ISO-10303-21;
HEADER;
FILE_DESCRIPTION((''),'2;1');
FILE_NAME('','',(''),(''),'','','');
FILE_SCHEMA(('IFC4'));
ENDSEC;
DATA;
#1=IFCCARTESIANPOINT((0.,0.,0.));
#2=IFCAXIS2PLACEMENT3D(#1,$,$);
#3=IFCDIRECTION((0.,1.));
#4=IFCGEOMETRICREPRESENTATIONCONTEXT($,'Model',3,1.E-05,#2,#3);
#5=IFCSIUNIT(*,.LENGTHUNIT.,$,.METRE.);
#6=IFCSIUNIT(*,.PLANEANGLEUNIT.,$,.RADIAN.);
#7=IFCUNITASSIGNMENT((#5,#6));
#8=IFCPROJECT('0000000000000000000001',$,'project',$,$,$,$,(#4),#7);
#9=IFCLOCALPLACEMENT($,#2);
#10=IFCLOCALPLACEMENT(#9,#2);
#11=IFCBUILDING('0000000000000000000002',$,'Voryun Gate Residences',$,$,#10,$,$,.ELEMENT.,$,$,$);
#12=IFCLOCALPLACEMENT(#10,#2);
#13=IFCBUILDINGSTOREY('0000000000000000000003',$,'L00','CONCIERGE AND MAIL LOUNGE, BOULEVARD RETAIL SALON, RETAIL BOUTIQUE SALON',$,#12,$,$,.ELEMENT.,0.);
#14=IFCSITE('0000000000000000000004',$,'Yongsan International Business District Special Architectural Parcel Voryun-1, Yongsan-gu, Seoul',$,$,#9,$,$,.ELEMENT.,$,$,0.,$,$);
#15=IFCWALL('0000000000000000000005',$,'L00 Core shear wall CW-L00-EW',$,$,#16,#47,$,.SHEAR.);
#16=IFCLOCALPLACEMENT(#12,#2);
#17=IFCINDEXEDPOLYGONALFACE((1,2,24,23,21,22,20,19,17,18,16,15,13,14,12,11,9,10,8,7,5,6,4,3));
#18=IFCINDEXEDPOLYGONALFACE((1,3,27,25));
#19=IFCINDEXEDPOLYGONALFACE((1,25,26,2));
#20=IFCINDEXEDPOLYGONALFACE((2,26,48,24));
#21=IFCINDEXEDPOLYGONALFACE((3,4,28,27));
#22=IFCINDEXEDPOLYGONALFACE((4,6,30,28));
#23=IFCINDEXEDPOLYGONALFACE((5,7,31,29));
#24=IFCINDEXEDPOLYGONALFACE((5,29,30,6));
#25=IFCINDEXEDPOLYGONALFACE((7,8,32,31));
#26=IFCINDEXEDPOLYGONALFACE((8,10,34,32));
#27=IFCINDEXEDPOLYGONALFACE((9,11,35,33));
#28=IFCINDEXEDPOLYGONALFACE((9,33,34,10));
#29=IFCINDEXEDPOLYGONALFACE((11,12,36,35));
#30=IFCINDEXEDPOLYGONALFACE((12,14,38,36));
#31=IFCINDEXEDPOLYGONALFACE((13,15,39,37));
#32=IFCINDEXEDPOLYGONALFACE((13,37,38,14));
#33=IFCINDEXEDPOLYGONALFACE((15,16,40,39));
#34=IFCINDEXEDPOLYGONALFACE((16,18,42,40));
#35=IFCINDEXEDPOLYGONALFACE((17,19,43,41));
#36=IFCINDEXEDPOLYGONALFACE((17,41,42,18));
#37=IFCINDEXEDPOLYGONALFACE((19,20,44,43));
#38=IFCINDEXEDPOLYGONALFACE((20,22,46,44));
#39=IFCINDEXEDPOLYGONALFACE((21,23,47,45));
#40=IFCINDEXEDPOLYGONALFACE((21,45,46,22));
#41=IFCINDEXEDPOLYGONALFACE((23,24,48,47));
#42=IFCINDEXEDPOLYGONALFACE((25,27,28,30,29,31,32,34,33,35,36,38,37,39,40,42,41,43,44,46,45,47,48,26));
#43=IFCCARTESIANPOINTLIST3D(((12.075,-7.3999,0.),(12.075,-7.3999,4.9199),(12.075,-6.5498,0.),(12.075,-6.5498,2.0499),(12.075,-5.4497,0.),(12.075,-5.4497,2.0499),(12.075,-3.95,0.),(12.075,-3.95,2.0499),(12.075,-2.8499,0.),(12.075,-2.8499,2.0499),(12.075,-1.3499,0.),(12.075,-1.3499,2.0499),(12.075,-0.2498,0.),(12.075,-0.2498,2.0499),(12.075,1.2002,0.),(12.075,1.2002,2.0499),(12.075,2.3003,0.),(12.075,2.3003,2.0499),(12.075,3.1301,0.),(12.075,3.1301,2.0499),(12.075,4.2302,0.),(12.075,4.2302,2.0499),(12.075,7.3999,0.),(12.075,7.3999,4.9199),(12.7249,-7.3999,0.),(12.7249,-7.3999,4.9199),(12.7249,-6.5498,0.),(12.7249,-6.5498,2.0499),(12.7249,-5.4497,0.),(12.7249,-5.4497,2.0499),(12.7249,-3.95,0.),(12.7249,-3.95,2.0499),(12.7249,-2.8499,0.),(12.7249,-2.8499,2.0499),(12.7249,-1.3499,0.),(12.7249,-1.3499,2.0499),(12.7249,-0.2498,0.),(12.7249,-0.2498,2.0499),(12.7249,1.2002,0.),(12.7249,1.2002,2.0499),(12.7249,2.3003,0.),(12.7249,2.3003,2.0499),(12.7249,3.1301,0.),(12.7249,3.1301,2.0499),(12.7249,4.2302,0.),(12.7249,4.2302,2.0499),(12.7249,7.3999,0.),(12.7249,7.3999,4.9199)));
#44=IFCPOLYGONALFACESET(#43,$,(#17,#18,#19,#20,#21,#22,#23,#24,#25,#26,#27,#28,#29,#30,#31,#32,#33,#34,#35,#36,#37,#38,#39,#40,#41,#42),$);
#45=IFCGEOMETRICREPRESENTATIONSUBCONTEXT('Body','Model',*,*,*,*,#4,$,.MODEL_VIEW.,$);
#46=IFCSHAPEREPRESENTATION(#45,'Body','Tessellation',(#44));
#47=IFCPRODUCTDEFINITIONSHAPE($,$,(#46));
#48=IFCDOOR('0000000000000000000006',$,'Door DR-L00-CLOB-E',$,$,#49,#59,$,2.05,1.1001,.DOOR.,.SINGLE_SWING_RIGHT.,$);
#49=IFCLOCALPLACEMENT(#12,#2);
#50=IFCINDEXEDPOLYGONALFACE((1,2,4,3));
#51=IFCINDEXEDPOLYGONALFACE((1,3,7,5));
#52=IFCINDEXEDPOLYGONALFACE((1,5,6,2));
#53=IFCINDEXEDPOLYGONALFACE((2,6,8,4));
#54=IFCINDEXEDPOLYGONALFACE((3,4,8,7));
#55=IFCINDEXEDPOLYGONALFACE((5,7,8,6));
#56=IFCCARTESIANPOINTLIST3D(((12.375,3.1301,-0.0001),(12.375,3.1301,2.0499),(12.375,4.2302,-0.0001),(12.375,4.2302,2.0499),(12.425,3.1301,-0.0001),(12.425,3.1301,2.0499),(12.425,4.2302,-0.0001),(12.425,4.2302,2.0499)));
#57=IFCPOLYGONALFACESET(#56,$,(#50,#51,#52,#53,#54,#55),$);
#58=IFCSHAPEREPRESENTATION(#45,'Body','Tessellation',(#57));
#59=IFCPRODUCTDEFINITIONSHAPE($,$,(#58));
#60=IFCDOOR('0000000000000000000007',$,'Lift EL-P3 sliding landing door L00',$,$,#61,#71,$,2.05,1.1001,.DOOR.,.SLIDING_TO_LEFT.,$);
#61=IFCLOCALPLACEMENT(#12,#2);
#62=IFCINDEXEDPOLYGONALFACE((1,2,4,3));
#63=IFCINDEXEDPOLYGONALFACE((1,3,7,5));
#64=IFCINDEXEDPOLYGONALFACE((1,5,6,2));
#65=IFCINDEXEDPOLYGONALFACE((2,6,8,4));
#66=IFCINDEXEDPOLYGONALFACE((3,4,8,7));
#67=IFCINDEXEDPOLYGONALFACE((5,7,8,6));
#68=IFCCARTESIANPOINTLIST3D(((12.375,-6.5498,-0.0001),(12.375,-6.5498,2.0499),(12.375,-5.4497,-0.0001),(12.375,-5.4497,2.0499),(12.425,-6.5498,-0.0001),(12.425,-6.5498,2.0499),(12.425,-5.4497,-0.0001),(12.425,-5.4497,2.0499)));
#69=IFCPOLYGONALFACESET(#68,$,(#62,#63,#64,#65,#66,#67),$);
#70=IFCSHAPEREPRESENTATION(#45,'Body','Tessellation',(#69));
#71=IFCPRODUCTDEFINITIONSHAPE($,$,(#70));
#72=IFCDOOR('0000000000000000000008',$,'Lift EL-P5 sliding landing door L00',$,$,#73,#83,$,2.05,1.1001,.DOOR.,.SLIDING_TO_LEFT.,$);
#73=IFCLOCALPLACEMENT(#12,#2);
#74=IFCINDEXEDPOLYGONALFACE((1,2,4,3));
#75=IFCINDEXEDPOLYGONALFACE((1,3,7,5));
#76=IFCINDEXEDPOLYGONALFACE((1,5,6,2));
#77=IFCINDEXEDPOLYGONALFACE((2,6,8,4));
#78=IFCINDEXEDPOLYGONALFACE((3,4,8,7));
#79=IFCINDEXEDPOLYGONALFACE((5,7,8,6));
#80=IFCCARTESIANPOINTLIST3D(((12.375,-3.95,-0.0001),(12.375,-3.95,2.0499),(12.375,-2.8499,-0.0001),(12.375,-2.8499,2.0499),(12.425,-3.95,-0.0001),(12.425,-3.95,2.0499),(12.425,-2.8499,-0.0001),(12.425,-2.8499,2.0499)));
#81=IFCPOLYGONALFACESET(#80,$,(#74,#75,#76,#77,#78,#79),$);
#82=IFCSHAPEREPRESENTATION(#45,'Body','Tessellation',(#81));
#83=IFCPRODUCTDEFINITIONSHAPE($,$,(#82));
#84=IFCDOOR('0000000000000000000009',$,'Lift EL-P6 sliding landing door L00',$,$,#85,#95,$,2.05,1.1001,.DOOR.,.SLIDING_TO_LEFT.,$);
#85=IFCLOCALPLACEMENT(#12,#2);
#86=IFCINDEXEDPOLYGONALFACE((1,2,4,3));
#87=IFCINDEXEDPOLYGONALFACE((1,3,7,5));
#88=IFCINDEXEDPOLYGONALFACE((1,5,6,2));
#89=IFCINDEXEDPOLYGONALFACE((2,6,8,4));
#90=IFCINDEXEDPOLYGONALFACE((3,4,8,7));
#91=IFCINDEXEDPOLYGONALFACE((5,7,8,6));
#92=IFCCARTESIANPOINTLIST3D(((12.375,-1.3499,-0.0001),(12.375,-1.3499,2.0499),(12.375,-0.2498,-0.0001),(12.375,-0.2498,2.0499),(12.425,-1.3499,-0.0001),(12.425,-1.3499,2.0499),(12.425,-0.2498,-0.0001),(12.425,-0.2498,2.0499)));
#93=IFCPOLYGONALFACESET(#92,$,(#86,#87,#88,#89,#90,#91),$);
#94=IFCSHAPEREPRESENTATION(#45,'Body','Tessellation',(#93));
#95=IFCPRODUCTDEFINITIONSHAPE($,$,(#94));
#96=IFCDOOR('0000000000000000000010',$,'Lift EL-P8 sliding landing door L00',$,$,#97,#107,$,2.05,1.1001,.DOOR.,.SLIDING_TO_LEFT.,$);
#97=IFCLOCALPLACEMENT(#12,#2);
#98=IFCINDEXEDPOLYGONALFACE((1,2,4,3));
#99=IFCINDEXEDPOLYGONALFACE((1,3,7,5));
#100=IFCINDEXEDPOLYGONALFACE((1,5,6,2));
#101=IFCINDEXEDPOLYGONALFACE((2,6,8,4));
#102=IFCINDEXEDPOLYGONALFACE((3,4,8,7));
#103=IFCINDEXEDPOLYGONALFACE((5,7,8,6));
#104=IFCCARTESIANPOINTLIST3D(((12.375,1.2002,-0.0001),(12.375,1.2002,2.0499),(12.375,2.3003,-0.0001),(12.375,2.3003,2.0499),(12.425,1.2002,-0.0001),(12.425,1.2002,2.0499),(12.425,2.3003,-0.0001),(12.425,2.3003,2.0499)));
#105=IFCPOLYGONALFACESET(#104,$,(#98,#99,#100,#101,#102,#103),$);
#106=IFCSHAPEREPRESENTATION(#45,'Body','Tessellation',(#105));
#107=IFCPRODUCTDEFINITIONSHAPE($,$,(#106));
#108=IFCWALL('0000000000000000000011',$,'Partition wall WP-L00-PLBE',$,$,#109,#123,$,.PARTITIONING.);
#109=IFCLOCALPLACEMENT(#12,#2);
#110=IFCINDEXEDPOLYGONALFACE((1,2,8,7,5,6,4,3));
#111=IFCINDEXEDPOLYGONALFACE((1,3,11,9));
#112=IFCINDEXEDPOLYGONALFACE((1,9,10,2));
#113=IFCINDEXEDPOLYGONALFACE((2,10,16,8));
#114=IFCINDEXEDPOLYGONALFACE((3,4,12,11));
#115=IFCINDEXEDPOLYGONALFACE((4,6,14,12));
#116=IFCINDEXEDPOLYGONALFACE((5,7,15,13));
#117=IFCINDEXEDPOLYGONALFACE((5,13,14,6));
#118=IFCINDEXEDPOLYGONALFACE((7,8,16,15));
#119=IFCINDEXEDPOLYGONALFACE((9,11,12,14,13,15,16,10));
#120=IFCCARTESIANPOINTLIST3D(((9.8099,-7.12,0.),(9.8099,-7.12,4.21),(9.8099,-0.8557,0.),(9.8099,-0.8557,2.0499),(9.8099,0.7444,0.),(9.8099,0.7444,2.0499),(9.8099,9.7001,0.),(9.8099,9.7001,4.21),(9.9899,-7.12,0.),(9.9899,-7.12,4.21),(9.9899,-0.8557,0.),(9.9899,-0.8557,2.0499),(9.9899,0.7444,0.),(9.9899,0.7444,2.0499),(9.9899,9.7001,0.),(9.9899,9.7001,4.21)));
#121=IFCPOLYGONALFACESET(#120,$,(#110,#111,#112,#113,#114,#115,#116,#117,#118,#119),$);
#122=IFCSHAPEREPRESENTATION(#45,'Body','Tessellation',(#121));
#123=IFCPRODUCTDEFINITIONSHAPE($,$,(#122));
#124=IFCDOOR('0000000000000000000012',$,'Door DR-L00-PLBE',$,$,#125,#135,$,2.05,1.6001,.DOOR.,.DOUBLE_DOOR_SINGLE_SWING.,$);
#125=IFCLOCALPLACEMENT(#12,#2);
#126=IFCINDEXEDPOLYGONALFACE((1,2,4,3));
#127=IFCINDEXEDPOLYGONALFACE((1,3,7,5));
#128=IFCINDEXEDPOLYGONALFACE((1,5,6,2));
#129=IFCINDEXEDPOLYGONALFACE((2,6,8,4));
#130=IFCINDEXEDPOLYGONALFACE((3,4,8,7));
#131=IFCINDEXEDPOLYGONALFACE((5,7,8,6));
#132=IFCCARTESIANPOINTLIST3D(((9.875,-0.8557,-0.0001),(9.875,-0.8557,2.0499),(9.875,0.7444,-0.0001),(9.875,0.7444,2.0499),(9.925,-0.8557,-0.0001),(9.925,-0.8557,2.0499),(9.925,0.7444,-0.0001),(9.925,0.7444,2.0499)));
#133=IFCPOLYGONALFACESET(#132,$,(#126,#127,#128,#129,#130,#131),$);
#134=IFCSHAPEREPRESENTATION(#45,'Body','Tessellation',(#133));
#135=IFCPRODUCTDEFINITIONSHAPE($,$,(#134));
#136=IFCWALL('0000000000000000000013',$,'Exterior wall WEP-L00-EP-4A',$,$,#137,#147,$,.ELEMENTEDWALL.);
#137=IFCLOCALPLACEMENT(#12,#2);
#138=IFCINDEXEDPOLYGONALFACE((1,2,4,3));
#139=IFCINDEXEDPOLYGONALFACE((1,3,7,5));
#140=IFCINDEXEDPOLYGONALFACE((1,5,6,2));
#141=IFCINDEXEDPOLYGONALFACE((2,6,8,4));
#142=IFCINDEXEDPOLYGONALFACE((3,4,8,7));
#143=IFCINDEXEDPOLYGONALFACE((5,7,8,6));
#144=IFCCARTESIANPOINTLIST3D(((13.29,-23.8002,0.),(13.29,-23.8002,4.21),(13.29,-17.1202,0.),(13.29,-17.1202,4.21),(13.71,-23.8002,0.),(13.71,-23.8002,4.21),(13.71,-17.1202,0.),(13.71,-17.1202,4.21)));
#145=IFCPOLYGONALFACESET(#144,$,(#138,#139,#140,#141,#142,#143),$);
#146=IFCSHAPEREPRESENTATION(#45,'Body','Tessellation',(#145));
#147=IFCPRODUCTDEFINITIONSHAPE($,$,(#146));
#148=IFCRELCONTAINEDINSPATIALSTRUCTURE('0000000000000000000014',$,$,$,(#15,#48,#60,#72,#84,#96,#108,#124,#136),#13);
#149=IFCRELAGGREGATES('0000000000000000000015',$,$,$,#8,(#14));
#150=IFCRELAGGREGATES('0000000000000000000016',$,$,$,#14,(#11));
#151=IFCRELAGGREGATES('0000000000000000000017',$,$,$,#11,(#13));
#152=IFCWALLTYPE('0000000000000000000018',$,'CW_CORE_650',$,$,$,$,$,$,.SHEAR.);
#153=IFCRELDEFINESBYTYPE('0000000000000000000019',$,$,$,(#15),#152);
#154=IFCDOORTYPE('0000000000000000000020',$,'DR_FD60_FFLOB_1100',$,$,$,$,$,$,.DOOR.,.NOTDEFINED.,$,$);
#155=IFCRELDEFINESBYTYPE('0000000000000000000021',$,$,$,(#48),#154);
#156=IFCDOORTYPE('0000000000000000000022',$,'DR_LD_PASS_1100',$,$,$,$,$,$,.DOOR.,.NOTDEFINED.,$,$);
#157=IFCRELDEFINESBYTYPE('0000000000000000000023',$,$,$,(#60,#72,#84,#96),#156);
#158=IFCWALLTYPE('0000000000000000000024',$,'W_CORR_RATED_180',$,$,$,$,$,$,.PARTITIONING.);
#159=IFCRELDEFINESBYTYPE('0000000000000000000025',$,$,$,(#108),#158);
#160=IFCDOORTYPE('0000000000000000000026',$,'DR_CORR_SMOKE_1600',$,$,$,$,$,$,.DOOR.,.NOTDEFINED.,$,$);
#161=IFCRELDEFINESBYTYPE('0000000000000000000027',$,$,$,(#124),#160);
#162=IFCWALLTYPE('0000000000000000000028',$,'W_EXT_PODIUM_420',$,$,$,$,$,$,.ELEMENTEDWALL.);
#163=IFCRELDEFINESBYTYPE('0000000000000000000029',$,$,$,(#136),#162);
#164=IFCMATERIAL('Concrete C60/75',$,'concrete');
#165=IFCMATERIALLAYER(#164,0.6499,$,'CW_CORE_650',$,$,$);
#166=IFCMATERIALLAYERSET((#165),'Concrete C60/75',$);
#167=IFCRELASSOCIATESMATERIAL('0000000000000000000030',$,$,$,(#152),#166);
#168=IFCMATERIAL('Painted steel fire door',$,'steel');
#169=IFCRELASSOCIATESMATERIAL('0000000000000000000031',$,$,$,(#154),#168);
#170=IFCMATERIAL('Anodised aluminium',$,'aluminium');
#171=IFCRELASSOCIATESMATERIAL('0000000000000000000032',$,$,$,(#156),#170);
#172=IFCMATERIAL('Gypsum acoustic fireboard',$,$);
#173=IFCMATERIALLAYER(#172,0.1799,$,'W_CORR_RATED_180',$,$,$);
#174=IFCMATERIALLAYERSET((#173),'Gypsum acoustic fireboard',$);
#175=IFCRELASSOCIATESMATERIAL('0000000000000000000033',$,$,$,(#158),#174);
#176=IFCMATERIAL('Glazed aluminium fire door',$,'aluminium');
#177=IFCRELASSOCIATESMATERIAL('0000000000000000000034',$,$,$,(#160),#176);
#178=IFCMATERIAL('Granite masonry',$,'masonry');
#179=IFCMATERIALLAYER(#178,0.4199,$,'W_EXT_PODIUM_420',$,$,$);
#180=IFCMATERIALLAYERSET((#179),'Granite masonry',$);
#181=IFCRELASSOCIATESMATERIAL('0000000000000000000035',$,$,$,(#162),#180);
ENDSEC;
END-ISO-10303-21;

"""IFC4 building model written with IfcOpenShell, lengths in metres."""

from ifc_helpers import new_model, si_unit, direction, frame, frame_2d, origin, place, context, subcontext, project, spatial, rectangle, extrude, material, layer, layer_set, type_object, element, fill, save


model = new_model("IFC4")

# Units and contexts
model_context = context("Model", 3, precision=1e-05, world=origin(), true_north=direction((0.0, 1.0)))
body_context = subcontext(model_context, "Body", "Model", "MODEL_VIEW")
ifc_project = project(units=[si_unit("LENGTHUNIT", "METRE"), si_unit("PLANEANGLEUNIT", "RADIAN")], contexts=[model_context])

# Site, building, storey
site_placement = place(None, origin())
site = spatial("IfcSite", under=ifc_project, at=site_placement, Name="Yongsan International Business District Special Architectural Parcel Voryun-1, Yongsan-gu, Seoul", CompositionType="ELEMENT", RefElevation=0.0)
building_placement = place(site_placement, origin())
building = spatial("IfcBuilding", under=site, at=building_placement, Name="Voryun Gate Residences", CompositionType="ELEMENT")
storey_placement = place(building_placement, origin())
storey = spatial("IfcBuildingStorey", under=building, at=storey_placement, Name="L00", Description="CONCIERGE AND MAIL LOUNGE, BOULEVARD RETAIL SALON, RETAIL BOUTIQUE SALON", CompositionType="ELEMENT", Elevation=0.0)

# Shared definitions
ifc_material_1 = material(Name="Concrete C60/75", Category="concrete")
ifc_layer_1 = layer(ifc_material_1, 0.6499, Name="CW_CORE_650")
ifc_layer_set_1 = layer_set([ifc_layer_1], Name="Concrete C60/75")
wall_type_1 = type_object("IfcWallType", Name="CW_CORE_650", PredefinedType="SHEAR", material=ifc_layer_set_1)

# Wall, openings, doors
wall_1_placement = place(storey_placement, frame((12.3999, -7.3999, 0.0), z_axis=(0.0, 0.0, 1.0), x_axis=(0.0, 1.0, 0.0)))
wall_1 = element("IfcWall", 1, at=wall_1_placement, inside=storey, type_object=wall_type_1, Name="L00 Core shear wall CW-L00-EW", PredefinedType="SHEAR", context=body_context, shape_type="SweptSolid", body=[
    extrude(rectangle(XDim=14.7998, YDim=0.6499, at=frame_2d((7.3999, 0.0))), origin(), (0.0, 0.0, 1.0), 4.9199),
])
opening_1_placement = place(wall_1_placement, frame((0.8501, 0.0, 0.0)))
opening_1 = element("IfcOpeningElement", 2, at=opening_1_placement, cuts=wall_1, PredefinedType="OPENING", context=body_context, shape_type="SweptSolid", body=[
    extrude(rectangle(XDim=1.1001, YDim=2.05, at=frame_2d((0.55, 1.0249))), frame((0.0, 0.335, 0.0), z_axis=(0.0, -1.0, 0.0), x_axis=(1.0, 0.0, 0.0)), (0.0, 0.0, 1.0), 0.6699),
])
opening_2_placement = place(wall_1_placement, frame((3.45, 0.0, 0.0)))
opening_2 = element("IfcOpeningElement", 3, at=opening_2_placement, cuts=wall_1, PredefinedType="OPENING", context=body_context, shape_type="SweptSolid", body=[
    extrude(rectangle(XDim=1.1001, YDim=2.05, at=frame_2d((0.55, 1.0249))), frame((0.0, 0.335, 0.0), z_axis=(0.0, -1.0, 0.0), x_axis=(1.0, 0.0, 0.0)), (0.0, 0.0, 1.0), 0.6699),
])
opening_3_placement = place(wall_1_placement, frame((6.05, 0.0, 0.0)))
opening_3 = element("IfcOpeningElement", 4, at=opening_3_placement, cuts=wall_1, PredefinedType="OPENING", context=body_context, shape_type="SweptSolid", body=[
    extrude(rectangle(XDim=1.1001, YDim=2.05, at=frame_2d((0.55, 1.0249))), frame((0.0, 0.335, 0.0), z_axis=(0.0, -1.0, 0.0), x_axis=(1.0, 0.0, 0.0)), (0.0, 0.0, 1.0), 0.6699),
])
opening_4_placement = place(wall_1_placement, frame((8.6001, 0.0, 0.0)))
opening_4 = element("IfcOpeningElement", 5, at=opening_4_placement, cuts=wall_1, PredefinedType="OPENING", context=body_context, shape_type="SweptSolid", body=[
    extrude(rectangle(XDim=1.1001, YDim=2.05, at=frame_2d((0.55, 1.0249))), frame((0.0, 0.335, 0.0), z_axis=(0.0, -1.0, 0.0), x_axis=(1.0, 0.0, 0.0)), (0.0, 0.0, 1.0), 0.6699),
])
opening_5_placement = place(wall_1_placement, frame((10.53, 0.0, 0.0)))
opening_5 = element("IfcOpeningElement", 6, at=opening_5_placement, cuts=wall_1, PredefinedType="OPENING", context=body_context, shape_type="SweptSolid", body=[
    extrude(rectangle(XDim=1.1001, YDim=2.05, at=frame_2d((0.55, 1.0249))), frame((0.0, 0.335, 0.0), z_axis=(0.0, -1.0, 0.0), x_axis=(1.0, 0.0, 0.0)), (0.0, 0.0, 1.0), 0.6699),
])
ifc_material_2 = material(Name="Painted steel fire door", Category="steel")
door_type_1 = type_object("IfcDoorType", Name="DR_FD60_FFLOB_1100", OperationType="NOTDEFINED", PredefinedType="DOOR", material=ifc_material_2)
door_1_placement = place(opening_5_placement, origin())
door_1 = element("IfcDoor", 7, at=door_1_placement, inside=storey, type_object=door_type_1, Name="Door DR-L00-CLOB-E", OperationType="SINGLE_SWING_RIGHT", OverallHeight=2.05, OverallWidth=1.1001, PredefinedType="DOOR", context=body_context, shape_type="SweptSolid", body=[
    extrude(rectangle(XDim=1.1001, YDim=2.05, at=frame_2d((0.55, 1.0249))), frame((0.0, 0.0249, 0.0), z_axis=(0.0, -1.0, 0.0), x_axis=(1.0, 0.0, 0.0)), (0.0, 0.0, 1.0), 0.05),
])
fill(opening_5, door_1)
ifc_material_3 = material(Name="Anodised aluminium", Category="aluminium")
door_type_2 = type_object("IfcDoorType", Name="DR_LD_PASS_1100", OperationType="NOTDEFINED", PredefinedType="DOOR", material=ifc_material_3)
door_2_placement = place(opening_1_placement, origin())
door_2 = element("IfcDoor", 8, at=door_2_placement, inside=storey, type_object=door_type_2, Name="Lift EL-P3 sliding landing door L00", OperationType="SLIDING_TO_LEFT", OverallHeight=2.05, OverallWidth=1.1001, PredefinedType="DOOR", context=body_context, shape_type="SweptSolid", body=[
    extrude(rectangle(XDim=1.1001, YDim=2.05, at=frame_2d((0.55, 1.0249))), frame((0.0, 0.0249, 0.0), z_axis=(0.0, -1.0, 0.0), x_axis=(1.0, 0.0, 0.0)), (0.0, 0.0, 1.0), 0.05),
])
fill(opening_1, door_2)
door_3_placement = place(opening_2_placement, origin())
door_3 = element("IfcDoor", 9, at=door_3_placement, inside=storey, type_object=door_type_2, Name="Lift EL-P5 sliding landing door L00", OperationType="SLIDING_TO_LEFT", OverallHeight=2.05, OverallWidth=1.1001, PredefinedType="DOOR", context=body_context, shape_type="SweptSolid", body=[
    extrude(rectangle(XDim=1.1001, YDim=2.05, at=frame_2d((0.55, 1.0249))), frame((0.0, 0.0249, 0.0), z_axis=(0.0, -1.0, 0.0), x_axis=(1.0, 0.0, 0.0)), (0.0, 0.0, 1.0), 0.05),
])
fill(opening_2, door_3)
door_4_placement = place(opening_3_placement, origin())
door_4 = element("IfcDoor", 10, at=door_4_placement, inside=storey, type_object=door_type_2, Name="Lift EL-P6 sliding landing door L00", OperationType="SLIDING_TO_LEFT", OverallHeight=2.05, OverallWidth=1.1001, PredefinedType="DOOR", context=body_context, shape_type="SweptSolid", body=[
    extrude(rectangle(XDim=1.1001, YDim=2.05, at=frame_2d((0.55, 1.0249))), frame((0.0, 0.0249, 0.0), z_axis=(0.0, -1.0, 0.0), x_axis=(1.0, 0.0, 0.0)), (0.0, 0.0, 1.0), 0.05),
])
fill(opening_3, door_4)
door_5_placement = place(opening_4_placement, origin())
door_5 = element("IfcDoor", 11, at=door_5_placement, inside=storey, type_object=door_type_2, Name="Lift EL-P8 sliding landing door L00", OperationType="SLIDING_TO_LEFT", OverallHeight=2.05, OverallWidth=1.1001, PredefinedType="DOOR", context=body_context, shape_type="SweptSolid", body=[
    extrude(rectangle(XDim=1.1001, YDim=2.05, at=frame_2d((0.55, 1.0249))), frame((0.0, 0.0249, 0.0), z_axis=(0.0, -1.0, 0.0), x_axis=(1.0, 0.0, 0.0)), (0.0, 0.0, 1.0), 0.05),
])
fill(opening_4, door_5)

# Wall, opening, door
ifc_material_4 = material(Name="Gypsum acoustic fireboard")
ifc_layer_2 = layer(ifc_material_4, 0.1799, Name="W_CORR_RATED_180")
ifc_layer_set_2 = layer_set([ifc_layer_2], Name="Gypsum acoustic fireboard")
wall_type_2 = type_object("IfcWallType", Name="W_CORR_RATED_180", PredefinedType="PARTITIONING", material=ifc_layer_set_2)
wall_2_placement = place(storey_placement, frame((9.8999, -7.1201, 0.0), z_axis=(0.0, 0.0, 1.0), x_axis=(0.0, 1.0, 0.0)))
wall_2 = element("IfcWall", 12, at=wall_2_placement, inside=storey, type_object=wall_type_2, Name="Partition wall WP-L00-PLBE", PredefinedType="PARTITIONING", context=body_context, shape_type="SweptSolid", body=[
    extrude(rectangle(XDim=16.8201, YDim=0.1799, at=frame_2d((8.4102, 0.0))), origin(), (0.0, 0.0, 1.0), 4.21),
])
opening_6_placement = place(wall_2_placement, frame((6.2644, 0.0, 0.0)))
opening_6 = element("IfcOpeningElement", 13, at=opening_6_placement, cuts=wall_2, PredefinedType="OPENING", context=body_context, shape_type="SweptSolid", body=[
    extrude(rectangle(XDim=1.6001, YDim=2.05, at=frame_2d((0.8, 1.0249))), frame((0.0, 0.0999, 0.0), z_axis=(0.0, -1.0, 0.0), x_axis=(1.0, 0.0, 0.0)), (0.0, 0.0, 1.0), 0.2),
])
ifc_material_5 = material(Name="Glazed aluminium fire door", Category="aluminium")
door_type_3 = type_object("IfcDoorType", Name="DR_CORR_SMOKE_1600", OperationType="NOTDEFINED", PredefinedType="DOOR", material=ifc_material_5)
door_6_placement = place(opening_6_placement, origin())
door_6 = element("IfcDoor", 14, at=door_6_placement, inside=storey, type_object=door_type_3, Name="Door DR-L00-PLBE", OperationType="DOUBLE_DOOR_SINGLE_SWING", OverallHeight=2.05, OverallWidth=1.6001, PredefinedType="DOOR", context=body_context, shape_type="SweptSolid", body=[
    extrude(rectangle(XDim=1.6001, YDim=2.05, at=frame_2d((0.8, 1.0249))), frame((0.0, 0.0249, 0.0), z_axis=(0.0, -1.0, 0.0), x_axis=(1.0, 0.0, 0.0)), (0.0, 0.0, 1.0), 0.05),
])
fill(opening_6, door_6)

# Wall
ifc_material_6 = material(Name="Granite masonry", Category="masonry")
ifc_layer_3 = layer(ifc_material_6, 0.4199, Name="W_EXT_PODIUM_420")
ifc_layer_set_3 = layer_set([ifc_layer_3], Name="Granite masonry")
wall_type_3 = type_object("IfcWallType", Name="W_EXT_PODIUM_420", PredefinedType="ELEMENTEDWALL", material=ifc_layer_set_3)
wall_3_placement = place(storey_placement, frame((13.5, -23.8, 0.0), z_axis=(0.0, 0.0, 1.0), x_axis=(0.0, 1.0, 0.0)))
element("IfcWall", 15, at=wall_3_placement, inside=storey, type_object=wall_type_3, Name="Exterior wall WEP-L00-EP-4A", PredefinedType="ELEMENTEDWALL", context=body_context, shape_type="SweptSolid", body=[
    extrude(rectangle(XDim=6.6799, YDim=0.4199, at=frame_2d((3.3398, 0.0))), origin(), (0.0, 0.0, 1.0), 4.21),
])

save(model, "model.ifc")
